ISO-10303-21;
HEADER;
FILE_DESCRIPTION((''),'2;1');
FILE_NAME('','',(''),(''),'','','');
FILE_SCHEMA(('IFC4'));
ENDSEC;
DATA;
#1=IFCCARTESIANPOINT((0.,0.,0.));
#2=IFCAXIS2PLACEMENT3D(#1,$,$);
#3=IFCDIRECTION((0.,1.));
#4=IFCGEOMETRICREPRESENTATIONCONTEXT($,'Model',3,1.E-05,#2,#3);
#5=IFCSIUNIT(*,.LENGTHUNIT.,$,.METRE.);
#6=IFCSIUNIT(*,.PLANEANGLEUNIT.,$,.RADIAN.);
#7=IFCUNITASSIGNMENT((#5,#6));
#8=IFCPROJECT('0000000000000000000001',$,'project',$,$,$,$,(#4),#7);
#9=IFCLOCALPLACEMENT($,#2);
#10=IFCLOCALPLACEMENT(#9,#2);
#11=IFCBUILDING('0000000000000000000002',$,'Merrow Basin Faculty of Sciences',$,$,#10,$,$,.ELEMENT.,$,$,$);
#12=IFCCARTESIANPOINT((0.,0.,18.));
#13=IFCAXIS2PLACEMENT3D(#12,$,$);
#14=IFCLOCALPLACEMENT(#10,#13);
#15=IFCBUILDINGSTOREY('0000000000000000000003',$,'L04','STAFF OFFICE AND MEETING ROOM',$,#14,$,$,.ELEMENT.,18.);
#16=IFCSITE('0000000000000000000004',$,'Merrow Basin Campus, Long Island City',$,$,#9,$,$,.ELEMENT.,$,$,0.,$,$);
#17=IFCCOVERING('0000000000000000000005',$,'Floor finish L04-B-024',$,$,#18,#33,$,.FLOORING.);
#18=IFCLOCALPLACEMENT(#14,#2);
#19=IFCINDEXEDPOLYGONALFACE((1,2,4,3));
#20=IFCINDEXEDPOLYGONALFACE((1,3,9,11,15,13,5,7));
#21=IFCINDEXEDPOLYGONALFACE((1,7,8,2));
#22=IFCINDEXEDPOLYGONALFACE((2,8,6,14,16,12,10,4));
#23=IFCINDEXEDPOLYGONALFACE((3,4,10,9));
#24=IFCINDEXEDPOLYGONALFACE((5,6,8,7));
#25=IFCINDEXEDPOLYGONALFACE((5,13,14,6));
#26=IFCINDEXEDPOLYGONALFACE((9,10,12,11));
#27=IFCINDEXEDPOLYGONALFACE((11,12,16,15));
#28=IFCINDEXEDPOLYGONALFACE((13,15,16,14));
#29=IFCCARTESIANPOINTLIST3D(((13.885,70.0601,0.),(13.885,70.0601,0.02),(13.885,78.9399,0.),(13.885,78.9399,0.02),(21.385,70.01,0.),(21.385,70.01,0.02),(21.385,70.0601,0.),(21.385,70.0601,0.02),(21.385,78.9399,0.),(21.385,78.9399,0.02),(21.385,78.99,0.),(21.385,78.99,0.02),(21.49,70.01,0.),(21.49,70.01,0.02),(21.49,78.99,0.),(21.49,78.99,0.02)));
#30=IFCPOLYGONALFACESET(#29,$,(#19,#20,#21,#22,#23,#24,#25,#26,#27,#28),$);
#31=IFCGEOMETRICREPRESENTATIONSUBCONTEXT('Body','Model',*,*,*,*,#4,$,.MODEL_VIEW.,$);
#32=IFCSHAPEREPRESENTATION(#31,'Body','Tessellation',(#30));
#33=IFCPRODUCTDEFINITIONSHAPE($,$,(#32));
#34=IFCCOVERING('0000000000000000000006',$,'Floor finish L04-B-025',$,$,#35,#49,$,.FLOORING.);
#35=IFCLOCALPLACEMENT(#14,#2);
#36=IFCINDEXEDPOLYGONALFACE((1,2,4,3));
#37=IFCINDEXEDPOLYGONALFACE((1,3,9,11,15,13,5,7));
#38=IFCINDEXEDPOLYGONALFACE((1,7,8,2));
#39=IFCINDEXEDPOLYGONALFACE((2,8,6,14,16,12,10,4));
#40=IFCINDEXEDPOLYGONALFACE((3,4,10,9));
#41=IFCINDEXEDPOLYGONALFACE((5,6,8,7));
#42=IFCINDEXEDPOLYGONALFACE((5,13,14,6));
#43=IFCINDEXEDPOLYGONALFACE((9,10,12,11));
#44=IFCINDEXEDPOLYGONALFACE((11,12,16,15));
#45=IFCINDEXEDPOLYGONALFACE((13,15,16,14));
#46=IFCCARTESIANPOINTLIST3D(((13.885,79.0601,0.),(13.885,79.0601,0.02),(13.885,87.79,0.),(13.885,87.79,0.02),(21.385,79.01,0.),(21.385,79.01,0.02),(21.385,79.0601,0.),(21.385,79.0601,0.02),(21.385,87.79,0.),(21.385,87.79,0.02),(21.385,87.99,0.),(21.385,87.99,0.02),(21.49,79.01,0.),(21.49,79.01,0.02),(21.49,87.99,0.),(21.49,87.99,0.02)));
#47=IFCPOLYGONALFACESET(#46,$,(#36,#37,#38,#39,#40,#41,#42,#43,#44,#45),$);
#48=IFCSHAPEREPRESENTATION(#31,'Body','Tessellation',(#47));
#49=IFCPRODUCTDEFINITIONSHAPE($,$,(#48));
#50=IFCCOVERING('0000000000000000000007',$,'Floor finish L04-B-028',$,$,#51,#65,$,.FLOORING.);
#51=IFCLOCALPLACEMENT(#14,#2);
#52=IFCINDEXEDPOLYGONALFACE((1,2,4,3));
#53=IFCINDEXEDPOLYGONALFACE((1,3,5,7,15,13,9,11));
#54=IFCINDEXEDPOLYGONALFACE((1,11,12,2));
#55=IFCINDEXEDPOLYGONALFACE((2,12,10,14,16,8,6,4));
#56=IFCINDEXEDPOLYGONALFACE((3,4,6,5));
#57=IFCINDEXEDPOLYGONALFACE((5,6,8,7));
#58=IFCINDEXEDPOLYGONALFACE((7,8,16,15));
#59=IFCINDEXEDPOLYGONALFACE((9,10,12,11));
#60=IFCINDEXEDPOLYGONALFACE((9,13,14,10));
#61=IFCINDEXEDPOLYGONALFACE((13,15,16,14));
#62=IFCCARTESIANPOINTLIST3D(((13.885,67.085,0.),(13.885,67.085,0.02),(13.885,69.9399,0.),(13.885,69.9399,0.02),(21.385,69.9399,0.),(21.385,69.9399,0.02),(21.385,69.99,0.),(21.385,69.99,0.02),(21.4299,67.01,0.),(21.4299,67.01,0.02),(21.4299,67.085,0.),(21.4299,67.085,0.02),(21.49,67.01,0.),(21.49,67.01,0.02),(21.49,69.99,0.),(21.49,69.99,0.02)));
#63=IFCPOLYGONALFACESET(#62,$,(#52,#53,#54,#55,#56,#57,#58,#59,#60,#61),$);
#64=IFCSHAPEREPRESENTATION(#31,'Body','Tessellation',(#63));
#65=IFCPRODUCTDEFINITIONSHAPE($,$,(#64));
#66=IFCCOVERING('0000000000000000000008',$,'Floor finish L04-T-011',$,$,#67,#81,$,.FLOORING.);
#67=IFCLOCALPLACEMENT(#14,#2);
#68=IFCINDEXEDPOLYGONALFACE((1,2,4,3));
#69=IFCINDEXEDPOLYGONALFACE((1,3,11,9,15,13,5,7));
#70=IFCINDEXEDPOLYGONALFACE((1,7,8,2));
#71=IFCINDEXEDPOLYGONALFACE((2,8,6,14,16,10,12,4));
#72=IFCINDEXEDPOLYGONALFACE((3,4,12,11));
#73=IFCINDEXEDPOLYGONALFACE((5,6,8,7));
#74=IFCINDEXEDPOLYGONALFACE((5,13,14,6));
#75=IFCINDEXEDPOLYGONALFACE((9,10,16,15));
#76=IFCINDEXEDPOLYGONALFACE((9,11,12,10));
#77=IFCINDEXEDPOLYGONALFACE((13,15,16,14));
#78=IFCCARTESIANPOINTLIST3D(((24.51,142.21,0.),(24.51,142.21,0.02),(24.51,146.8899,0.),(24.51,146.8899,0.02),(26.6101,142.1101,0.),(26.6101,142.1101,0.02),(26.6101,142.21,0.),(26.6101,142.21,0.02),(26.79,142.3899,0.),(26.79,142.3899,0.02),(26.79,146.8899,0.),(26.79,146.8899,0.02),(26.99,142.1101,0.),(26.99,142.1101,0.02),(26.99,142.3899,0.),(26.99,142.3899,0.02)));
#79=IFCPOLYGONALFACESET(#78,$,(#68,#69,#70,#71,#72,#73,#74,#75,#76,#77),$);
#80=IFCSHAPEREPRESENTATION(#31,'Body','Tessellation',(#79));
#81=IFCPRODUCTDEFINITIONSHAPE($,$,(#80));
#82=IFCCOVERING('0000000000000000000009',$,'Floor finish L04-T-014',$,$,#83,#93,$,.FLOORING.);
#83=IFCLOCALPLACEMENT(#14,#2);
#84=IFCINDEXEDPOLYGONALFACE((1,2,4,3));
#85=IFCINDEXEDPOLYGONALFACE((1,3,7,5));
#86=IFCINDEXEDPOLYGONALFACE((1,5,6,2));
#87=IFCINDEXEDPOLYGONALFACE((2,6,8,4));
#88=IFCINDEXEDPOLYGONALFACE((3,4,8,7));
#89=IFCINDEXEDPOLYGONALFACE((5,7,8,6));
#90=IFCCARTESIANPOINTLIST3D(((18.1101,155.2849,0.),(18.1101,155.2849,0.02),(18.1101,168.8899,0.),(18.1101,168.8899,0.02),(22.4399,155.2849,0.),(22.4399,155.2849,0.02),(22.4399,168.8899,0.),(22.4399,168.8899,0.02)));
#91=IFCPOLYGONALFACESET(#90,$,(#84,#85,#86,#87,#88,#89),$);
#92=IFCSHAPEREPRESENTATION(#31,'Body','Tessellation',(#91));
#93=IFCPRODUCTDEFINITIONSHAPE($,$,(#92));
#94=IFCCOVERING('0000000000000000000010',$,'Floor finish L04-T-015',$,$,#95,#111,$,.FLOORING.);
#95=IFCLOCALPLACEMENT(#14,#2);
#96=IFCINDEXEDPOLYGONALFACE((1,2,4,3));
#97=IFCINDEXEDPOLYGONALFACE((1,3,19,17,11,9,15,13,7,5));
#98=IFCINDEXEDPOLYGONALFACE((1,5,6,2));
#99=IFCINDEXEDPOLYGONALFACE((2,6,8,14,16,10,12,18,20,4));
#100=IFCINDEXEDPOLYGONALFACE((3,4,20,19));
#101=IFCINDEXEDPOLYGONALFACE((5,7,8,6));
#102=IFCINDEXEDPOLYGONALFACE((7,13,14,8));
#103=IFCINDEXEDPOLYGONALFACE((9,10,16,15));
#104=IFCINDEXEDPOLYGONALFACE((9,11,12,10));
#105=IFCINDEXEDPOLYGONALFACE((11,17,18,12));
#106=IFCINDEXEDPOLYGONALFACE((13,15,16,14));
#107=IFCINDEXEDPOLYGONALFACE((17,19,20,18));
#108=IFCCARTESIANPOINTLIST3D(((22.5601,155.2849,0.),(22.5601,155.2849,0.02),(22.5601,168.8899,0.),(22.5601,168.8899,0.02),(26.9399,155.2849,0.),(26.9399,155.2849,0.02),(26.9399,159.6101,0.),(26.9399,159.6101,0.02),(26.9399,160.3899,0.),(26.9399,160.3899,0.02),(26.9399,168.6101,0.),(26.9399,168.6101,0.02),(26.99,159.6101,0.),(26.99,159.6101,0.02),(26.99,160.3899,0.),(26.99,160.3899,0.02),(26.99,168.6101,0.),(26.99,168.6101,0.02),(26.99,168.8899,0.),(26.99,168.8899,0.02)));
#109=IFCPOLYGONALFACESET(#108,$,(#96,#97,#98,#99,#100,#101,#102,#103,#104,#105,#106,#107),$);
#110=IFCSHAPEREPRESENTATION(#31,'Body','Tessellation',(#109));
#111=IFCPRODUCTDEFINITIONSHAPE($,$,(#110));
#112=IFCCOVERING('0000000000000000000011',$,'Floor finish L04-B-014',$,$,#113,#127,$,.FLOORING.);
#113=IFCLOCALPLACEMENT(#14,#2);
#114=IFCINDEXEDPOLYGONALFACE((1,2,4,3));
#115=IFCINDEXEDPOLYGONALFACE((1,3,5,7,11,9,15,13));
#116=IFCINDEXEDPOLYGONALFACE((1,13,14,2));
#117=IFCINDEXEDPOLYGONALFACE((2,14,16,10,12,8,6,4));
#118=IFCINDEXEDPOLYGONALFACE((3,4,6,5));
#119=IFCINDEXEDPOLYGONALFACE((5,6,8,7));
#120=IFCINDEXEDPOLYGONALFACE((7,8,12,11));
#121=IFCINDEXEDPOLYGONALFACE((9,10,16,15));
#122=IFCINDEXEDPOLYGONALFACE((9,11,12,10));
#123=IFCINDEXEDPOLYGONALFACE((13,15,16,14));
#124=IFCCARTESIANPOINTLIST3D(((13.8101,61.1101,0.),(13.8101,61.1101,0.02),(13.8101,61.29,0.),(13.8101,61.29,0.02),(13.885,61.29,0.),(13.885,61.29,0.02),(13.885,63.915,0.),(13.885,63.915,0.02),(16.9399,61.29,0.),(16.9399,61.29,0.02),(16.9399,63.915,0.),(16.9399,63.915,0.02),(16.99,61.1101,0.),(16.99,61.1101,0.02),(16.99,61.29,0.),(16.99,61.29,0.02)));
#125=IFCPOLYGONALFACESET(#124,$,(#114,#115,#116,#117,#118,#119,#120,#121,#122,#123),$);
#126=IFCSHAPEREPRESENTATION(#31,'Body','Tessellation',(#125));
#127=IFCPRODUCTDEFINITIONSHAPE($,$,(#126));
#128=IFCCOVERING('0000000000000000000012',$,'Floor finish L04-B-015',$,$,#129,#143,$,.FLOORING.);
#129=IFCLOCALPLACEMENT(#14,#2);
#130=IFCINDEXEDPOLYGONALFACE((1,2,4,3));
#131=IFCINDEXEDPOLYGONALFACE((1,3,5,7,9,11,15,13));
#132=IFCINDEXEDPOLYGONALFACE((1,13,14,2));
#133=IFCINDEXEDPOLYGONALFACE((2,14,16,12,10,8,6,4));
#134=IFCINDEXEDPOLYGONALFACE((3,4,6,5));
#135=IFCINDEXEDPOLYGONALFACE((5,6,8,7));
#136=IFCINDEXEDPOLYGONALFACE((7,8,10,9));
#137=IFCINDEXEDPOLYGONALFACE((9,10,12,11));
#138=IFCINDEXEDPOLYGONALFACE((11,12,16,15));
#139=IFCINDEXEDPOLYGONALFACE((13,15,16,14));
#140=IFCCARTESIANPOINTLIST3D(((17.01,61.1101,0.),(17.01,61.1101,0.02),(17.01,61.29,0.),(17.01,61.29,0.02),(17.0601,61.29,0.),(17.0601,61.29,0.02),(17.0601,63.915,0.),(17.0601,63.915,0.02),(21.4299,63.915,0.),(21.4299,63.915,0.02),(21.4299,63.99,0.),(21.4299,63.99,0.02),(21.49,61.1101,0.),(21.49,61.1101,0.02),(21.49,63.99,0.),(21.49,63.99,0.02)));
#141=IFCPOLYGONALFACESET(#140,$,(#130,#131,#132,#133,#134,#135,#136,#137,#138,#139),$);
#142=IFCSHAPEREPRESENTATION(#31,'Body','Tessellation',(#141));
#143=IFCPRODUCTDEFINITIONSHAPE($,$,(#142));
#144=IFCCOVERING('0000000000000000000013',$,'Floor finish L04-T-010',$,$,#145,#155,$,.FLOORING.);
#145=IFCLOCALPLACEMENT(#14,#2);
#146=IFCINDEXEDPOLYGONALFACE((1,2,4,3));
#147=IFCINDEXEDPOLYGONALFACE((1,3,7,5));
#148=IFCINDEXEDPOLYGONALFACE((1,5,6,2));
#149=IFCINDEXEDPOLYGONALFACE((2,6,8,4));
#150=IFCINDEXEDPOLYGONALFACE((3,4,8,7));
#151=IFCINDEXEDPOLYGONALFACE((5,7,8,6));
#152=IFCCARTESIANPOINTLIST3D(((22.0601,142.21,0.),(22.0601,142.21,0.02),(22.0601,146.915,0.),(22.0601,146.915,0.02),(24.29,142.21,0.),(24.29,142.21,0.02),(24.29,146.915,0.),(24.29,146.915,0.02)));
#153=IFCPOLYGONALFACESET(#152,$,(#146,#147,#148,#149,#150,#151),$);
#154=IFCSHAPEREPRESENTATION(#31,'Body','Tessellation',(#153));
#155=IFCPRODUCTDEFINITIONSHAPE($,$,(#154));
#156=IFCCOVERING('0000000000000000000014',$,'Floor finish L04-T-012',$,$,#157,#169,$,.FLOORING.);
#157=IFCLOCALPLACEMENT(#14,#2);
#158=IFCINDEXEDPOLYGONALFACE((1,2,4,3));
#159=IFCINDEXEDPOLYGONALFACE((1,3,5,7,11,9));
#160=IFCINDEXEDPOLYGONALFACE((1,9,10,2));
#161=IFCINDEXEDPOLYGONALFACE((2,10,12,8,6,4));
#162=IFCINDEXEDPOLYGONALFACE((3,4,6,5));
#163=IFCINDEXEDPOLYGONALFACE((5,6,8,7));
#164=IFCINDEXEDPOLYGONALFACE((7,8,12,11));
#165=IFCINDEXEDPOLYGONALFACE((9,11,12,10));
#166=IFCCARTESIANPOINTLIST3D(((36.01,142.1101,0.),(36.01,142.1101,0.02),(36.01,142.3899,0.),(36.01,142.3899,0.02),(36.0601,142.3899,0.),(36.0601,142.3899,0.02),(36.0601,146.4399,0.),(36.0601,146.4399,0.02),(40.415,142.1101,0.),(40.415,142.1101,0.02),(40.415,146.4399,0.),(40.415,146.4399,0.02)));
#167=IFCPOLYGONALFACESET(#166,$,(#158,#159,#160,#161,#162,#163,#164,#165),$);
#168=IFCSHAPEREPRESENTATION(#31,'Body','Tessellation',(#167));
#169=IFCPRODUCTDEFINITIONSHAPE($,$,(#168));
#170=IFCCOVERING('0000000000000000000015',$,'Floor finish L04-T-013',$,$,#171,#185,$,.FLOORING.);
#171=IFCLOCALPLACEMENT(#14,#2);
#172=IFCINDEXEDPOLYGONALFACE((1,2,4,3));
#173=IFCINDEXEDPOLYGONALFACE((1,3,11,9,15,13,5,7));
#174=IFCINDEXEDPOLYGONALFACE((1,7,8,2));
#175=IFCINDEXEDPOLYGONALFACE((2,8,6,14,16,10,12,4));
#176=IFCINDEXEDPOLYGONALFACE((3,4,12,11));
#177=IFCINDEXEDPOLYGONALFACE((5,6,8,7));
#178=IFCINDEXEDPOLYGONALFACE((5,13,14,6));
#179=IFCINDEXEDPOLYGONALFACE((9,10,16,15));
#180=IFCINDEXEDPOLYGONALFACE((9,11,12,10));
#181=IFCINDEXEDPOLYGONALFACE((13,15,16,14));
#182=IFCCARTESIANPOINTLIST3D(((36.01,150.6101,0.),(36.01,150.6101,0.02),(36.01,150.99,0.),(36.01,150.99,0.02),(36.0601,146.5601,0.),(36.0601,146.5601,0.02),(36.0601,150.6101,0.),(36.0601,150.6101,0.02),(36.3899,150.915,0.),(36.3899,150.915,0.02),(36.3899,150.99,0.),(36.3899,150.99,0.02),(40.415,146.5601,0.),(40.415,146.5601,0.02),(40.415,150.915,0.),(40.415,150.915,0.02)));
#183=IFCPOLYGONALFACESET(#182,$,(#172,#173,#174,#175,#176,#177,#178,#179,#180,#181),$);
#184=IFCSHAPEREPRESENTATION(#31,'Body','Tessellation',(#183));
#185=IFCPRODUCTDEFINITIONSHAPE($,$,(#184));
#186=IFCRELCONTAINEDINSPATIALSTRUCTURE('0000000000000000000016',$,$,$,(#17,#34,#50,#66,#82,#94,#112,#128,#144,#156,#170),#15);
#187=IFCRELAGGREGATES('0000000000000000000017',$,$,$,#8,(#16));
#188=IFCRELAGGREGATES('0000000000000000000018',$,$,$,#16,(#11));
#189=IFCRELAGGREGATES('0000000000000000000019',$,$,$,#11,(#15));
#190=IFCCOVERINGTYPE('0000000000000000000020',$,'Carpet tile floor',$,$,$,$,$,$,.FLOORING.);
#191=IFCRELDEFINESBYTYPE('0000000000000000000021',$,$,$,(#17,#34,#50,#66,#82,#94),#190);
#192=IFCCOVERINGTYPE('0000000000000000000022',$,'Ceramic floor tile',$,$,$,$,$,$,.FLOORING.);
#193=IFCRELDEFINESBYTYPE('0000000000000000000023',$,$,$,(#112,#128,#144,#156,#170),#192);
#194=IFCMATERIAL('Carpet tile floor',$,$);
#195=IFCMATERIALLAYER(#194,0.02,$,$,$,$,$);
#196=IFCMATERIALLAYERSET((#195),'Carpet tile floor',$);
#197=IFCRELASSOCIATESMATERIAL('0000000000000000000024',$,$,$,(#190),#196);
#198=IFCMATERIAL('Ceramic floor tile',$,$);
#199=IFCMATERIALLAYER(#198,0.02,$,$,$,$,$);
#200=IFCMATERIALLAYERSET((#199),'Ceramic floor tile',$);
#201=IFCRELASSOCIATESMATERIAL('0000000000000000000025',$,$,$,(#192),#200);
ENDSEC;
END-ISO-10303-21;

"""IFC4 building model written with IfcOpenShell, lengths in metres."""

from ifc_helpers import new_model, si_unit, direction, frame, origin, place, context, subcontext, project, spatial, polyline, outline, extrude, material, layer, layer_set, type_object, element, save


model = new_model("IFC4")

# Units and contexts
model_context = context("Model", 3, precision=1e-05, world=origin(), true_north=direction((0.0, 1.0)))
body_context = subcontext(model_context, "Body", "Model", "MODEL_VIEW")
ifc_project = project(units=[si_unit("LENGTHUNIT", "METRE"), si_unit("PLANEANGLEUNIT", "RADIAN")], contexts=[model_context])

# Site, building, storey
site_placement = place(None, origin())
site = spatial("IfcSite", under=ifc_project, at=site_placement, Name="Merrow Basin Campus, Long Island City", CompositionType="ELEMENT", RefElevation=0.0)
building_placement = place(site_placement, origin())
building = spatial("IfcBuilding", under=site, at=building_placement, Name="Merrow Basin Faculty of Sciences", CompositionType="ELEMENT")
storey_placement = place(building_placement, frame((0.0, 0.0, 18.0)))
storey = spatial("IfcBuildingStorey", under=building, at=storey_placement, Name="L04", Description="STAFF OFFICE AND MEETING ROOM", CompositionType="ELEMENT", Elevation=18.0)

# Coverings
ifc_material_1 = material(Name="Carpet tile floor")
ifc_layer_1 = layer(ifc_material_1, 0.02)
ifc_layer_set_1 = layer_set([ifc_layer_1], Name="Carpet tile floor")
covering_type_1 = type_object("IfcCoveringType", Name="Carpet tile floor", PredefinedType="FLOORING", material=ifc_layer_set_1)
covering_1_placement = place(storey_placement, origin())
element("IfcCovering", 1, at=covering_1_placement, inside=storey, type_object=covering_type_1, Name="Floor finish L04-B-024", PredefinedType="FLOORING", context=body_context, shape_type="SweptSolid", body=[
    extrude(outline(polyline([(21.49, 78.99), (21.49, 70.01), (21.385, 70.01), (21.385, 70.0601), (13.885, 70.0601), (13.885, 78.9399), (21.385, 78.9399), (21.385, 78.99), (21.49, 78.99)])), origin(), (0.0, 0.0, 1.0), 0.02),
])
covering_2_placement = place(storey_placement, origin())
element("IfcCovering", 2, at=covering_2_placement, inside=storey, type_object=covering_type_1, Name="Floor finish L04-B-025", PredefinedType="FLOORING", context=body_context, shape_type="SweptSolid", body=[
    extrude(outline(polyline([(21.49, 87.99), (21.49, 79.01), (21.385, 79.01), (21.385, 79.0601), (13.885, 79.0601), (13.885, 87.79), (21.385, 87.79), (21.385, 87.99), (21.49, 87.99)])), origin(), (0.0, 0.0, 1.0), 0.02),
])
covering_3_placement = place(storey_placement, origin())
element("IfcCovering", 3, at=covering_3_placement, inside=storey, type_object=covering_type_1, Name="Floor finish L04-B-028", PredefinedType="FLOORING", context=body_context, shape_type="SweptSolid", body=[
    extrude(outline(polyline([(21.49, 69.99), (21.49, 67.01), (21.4299, 67.01), (21.4299, 67.085), (13.885, 67.085), (13.885, 69.9399), (21.385, 69.9399), (21.385, 69.99), (21.49, 69.99)])), origin(), (0.0, 0.0, 1.0), 0.02),
])
covering_4_placement = place(storey_placement, origin())
element("IfcCovering", 4, at=covering_4_placement, inside=storey, type_object=covering_type_1, Name="Floor finish L04-T-011", PredefinedType="FLOORING", context=body_context, shape_type="SweptSolid", body=[
    extrude(outline(polyline([(26.99, 142.1101), (26.6101, 142.1101), (26.6101, 142.21), (24.51, 142.21), (24.51, 146.8899), (26.79, 146.8899), (26.79, 142.3899), (26.99, 142.3899), (26.99, 142.1101)])), origin(), (0.0, 0.0, 1.0), 0.02),
])
covering_5_placement = place(storey_placement, origin())
element("IfcCovering", 5, at=covering_5_placement, inside=storey, type_object=covering_type_1, Name="Floor finish L04-T-014", PredefinedType="FLOORING", context=body_context, shape_type="SweptSolid", body=[
    extrude(outline(polyline([(18.1101, 168.8899), (22.4399, 168.8899), (22.4399, 155.2849), (18.1101, 155.2849), (18.1101, 168.8899)])), origin(), (0.0, 0.0, 1.0), 0.02),
])
covering_6_placement = place(storey_placement, origin())
element("IfcCovering", 6, at=covering_6_placement, inside=storey, type_object=covering_type_1, Name="Floor finish L04-T-015", PredefinedType="FLOORING", context=body_context, shape_type="SweptSolid", body=[
    extrude(outline(polyline([(22.5601, 155.2849), (22.5601, 168.8899), (26.99, 168.8899), (26.99, 168.6101), (26.9399, 168.6101), (26.9399, 160.3899), (26.99, 160.3899), (26.99, 159.6101), (26.9399, 159.6101), (26.9399, 155.2849), (22.5601, 155.2849)])), origin(), (0.0, 0.0, 1.0), 0.02),
])
ifc_material_2 = material(Name="Ceramic floor tile")
ifc_layer_2 = layer(ifc_material_2, 0.02)
ifc_layer_set_2 = layer_set([ifc_layer_2], Name="Ceramic floor tile")
covering_type_2 = type_object("IfcCoveringType", Name="Ceramic floor tile", PredefinedType="FLOORING", material=ifc_layer_set_2)
covering_7_placement = place(storey_placement, origin())
element("IfcCovering", 7, at=covering_7_placement, inside=storey, type_object=covering_type_2, Name="Floor finish L04-B-014", PredefinedType="FLOORING", context=body_context, shape_type="SweptSolid", body=[
    extrude(outline(polyline([(16.99, 61.1101), (13.8101, 61.1101), (13.8101, 61.29), (13.885, 61.29), (13.885, 63.915), (16.9399, 63.915), (16.9399, 61.29), (16.99, 61.29), (16.99, 61.1101)])), origin(), (0.0, 0.0, 1.0), 0.02),
])
covering_8_placement = place(storey_placement, origin())
element("IfcCovering", 8, at=covering_8_placement, inside=storey, type_object=covering_type_2, Name="Floor finish L04-B-015", PredefinedType="FLOORING", context=body_context, shape_type="SweptSolid", body=[
    extrude(outline(polyline([(21.49, 63.99), (21.49, 61.1101), (17.01, 61.1101), (17.01, 61.29), (17.0601, 61.29), (17.0601, 63.915), (21.4299, 63.915), (21.4299, 63.99), (21.49, 63.99)])), origin(), (0.0, 0.0, 1.0), 0.02),
])
covering_9_placement = place(storey_placement, origin())
element("IfcCovering", 9, at=covering_9_placement, inside=storey, type_object=covering_type_2, Name="Floor finish L04-T-010", PredefinedType="FLOORING", context=body_context, shape_type="SweptSolid", body=[
    extrude(outline(polyline([(22.0601, 146.915), (24.29, 146.915), (24.29, 142.21), (22.0601, 142.21), (22.0601, 146.915)])), origin(), (0.0, 0.0, 1.0), 0.02),
])
covering_10_placement = place(storey_placement, origin())
element("IfcCovering", 10, at=covering_10_placement, inside=storey, type_object=covering_type_2, Name="Floor finish L04-T-012", PredefinedType="FLOORING", context=body_context, shape_type="SweptSolid", body=[
    extrude(outline(polyline([(36.01, 142.1101), (36.01, 142.3899), (36.0601, 142.3899), (36.0601, 146.4399), (40.415, 146.4399), (40.415, 142.1101), (36.01, 142.1101)])), origin(), (0.0, 0.0, 1.0), 0.02),
])
covering_11_placement = place(storey_placement, origin())
element("IfcCovering", 11, at=covering_11_placement, inside=storey, type_object=covering_type_2, Name="Floor finish L04-T-013", PredefinedType="FLOORING", context=body_context, shape_type="SweptSolid", body=[
    extrude(outline(polyline([(36.01, 150.99), (36.3899, 150.99), (36.3899, 150.915), (40.415, 150.915), (40.415, 146.5601), (36.0601, 146.5601), (36.0601, 150.6101), (36.01, 150.6101), (36.01, 150.99)])), origin(), (0.0, 0.0, 1.0), 0.02),
])

save(model, "model.ifc")
